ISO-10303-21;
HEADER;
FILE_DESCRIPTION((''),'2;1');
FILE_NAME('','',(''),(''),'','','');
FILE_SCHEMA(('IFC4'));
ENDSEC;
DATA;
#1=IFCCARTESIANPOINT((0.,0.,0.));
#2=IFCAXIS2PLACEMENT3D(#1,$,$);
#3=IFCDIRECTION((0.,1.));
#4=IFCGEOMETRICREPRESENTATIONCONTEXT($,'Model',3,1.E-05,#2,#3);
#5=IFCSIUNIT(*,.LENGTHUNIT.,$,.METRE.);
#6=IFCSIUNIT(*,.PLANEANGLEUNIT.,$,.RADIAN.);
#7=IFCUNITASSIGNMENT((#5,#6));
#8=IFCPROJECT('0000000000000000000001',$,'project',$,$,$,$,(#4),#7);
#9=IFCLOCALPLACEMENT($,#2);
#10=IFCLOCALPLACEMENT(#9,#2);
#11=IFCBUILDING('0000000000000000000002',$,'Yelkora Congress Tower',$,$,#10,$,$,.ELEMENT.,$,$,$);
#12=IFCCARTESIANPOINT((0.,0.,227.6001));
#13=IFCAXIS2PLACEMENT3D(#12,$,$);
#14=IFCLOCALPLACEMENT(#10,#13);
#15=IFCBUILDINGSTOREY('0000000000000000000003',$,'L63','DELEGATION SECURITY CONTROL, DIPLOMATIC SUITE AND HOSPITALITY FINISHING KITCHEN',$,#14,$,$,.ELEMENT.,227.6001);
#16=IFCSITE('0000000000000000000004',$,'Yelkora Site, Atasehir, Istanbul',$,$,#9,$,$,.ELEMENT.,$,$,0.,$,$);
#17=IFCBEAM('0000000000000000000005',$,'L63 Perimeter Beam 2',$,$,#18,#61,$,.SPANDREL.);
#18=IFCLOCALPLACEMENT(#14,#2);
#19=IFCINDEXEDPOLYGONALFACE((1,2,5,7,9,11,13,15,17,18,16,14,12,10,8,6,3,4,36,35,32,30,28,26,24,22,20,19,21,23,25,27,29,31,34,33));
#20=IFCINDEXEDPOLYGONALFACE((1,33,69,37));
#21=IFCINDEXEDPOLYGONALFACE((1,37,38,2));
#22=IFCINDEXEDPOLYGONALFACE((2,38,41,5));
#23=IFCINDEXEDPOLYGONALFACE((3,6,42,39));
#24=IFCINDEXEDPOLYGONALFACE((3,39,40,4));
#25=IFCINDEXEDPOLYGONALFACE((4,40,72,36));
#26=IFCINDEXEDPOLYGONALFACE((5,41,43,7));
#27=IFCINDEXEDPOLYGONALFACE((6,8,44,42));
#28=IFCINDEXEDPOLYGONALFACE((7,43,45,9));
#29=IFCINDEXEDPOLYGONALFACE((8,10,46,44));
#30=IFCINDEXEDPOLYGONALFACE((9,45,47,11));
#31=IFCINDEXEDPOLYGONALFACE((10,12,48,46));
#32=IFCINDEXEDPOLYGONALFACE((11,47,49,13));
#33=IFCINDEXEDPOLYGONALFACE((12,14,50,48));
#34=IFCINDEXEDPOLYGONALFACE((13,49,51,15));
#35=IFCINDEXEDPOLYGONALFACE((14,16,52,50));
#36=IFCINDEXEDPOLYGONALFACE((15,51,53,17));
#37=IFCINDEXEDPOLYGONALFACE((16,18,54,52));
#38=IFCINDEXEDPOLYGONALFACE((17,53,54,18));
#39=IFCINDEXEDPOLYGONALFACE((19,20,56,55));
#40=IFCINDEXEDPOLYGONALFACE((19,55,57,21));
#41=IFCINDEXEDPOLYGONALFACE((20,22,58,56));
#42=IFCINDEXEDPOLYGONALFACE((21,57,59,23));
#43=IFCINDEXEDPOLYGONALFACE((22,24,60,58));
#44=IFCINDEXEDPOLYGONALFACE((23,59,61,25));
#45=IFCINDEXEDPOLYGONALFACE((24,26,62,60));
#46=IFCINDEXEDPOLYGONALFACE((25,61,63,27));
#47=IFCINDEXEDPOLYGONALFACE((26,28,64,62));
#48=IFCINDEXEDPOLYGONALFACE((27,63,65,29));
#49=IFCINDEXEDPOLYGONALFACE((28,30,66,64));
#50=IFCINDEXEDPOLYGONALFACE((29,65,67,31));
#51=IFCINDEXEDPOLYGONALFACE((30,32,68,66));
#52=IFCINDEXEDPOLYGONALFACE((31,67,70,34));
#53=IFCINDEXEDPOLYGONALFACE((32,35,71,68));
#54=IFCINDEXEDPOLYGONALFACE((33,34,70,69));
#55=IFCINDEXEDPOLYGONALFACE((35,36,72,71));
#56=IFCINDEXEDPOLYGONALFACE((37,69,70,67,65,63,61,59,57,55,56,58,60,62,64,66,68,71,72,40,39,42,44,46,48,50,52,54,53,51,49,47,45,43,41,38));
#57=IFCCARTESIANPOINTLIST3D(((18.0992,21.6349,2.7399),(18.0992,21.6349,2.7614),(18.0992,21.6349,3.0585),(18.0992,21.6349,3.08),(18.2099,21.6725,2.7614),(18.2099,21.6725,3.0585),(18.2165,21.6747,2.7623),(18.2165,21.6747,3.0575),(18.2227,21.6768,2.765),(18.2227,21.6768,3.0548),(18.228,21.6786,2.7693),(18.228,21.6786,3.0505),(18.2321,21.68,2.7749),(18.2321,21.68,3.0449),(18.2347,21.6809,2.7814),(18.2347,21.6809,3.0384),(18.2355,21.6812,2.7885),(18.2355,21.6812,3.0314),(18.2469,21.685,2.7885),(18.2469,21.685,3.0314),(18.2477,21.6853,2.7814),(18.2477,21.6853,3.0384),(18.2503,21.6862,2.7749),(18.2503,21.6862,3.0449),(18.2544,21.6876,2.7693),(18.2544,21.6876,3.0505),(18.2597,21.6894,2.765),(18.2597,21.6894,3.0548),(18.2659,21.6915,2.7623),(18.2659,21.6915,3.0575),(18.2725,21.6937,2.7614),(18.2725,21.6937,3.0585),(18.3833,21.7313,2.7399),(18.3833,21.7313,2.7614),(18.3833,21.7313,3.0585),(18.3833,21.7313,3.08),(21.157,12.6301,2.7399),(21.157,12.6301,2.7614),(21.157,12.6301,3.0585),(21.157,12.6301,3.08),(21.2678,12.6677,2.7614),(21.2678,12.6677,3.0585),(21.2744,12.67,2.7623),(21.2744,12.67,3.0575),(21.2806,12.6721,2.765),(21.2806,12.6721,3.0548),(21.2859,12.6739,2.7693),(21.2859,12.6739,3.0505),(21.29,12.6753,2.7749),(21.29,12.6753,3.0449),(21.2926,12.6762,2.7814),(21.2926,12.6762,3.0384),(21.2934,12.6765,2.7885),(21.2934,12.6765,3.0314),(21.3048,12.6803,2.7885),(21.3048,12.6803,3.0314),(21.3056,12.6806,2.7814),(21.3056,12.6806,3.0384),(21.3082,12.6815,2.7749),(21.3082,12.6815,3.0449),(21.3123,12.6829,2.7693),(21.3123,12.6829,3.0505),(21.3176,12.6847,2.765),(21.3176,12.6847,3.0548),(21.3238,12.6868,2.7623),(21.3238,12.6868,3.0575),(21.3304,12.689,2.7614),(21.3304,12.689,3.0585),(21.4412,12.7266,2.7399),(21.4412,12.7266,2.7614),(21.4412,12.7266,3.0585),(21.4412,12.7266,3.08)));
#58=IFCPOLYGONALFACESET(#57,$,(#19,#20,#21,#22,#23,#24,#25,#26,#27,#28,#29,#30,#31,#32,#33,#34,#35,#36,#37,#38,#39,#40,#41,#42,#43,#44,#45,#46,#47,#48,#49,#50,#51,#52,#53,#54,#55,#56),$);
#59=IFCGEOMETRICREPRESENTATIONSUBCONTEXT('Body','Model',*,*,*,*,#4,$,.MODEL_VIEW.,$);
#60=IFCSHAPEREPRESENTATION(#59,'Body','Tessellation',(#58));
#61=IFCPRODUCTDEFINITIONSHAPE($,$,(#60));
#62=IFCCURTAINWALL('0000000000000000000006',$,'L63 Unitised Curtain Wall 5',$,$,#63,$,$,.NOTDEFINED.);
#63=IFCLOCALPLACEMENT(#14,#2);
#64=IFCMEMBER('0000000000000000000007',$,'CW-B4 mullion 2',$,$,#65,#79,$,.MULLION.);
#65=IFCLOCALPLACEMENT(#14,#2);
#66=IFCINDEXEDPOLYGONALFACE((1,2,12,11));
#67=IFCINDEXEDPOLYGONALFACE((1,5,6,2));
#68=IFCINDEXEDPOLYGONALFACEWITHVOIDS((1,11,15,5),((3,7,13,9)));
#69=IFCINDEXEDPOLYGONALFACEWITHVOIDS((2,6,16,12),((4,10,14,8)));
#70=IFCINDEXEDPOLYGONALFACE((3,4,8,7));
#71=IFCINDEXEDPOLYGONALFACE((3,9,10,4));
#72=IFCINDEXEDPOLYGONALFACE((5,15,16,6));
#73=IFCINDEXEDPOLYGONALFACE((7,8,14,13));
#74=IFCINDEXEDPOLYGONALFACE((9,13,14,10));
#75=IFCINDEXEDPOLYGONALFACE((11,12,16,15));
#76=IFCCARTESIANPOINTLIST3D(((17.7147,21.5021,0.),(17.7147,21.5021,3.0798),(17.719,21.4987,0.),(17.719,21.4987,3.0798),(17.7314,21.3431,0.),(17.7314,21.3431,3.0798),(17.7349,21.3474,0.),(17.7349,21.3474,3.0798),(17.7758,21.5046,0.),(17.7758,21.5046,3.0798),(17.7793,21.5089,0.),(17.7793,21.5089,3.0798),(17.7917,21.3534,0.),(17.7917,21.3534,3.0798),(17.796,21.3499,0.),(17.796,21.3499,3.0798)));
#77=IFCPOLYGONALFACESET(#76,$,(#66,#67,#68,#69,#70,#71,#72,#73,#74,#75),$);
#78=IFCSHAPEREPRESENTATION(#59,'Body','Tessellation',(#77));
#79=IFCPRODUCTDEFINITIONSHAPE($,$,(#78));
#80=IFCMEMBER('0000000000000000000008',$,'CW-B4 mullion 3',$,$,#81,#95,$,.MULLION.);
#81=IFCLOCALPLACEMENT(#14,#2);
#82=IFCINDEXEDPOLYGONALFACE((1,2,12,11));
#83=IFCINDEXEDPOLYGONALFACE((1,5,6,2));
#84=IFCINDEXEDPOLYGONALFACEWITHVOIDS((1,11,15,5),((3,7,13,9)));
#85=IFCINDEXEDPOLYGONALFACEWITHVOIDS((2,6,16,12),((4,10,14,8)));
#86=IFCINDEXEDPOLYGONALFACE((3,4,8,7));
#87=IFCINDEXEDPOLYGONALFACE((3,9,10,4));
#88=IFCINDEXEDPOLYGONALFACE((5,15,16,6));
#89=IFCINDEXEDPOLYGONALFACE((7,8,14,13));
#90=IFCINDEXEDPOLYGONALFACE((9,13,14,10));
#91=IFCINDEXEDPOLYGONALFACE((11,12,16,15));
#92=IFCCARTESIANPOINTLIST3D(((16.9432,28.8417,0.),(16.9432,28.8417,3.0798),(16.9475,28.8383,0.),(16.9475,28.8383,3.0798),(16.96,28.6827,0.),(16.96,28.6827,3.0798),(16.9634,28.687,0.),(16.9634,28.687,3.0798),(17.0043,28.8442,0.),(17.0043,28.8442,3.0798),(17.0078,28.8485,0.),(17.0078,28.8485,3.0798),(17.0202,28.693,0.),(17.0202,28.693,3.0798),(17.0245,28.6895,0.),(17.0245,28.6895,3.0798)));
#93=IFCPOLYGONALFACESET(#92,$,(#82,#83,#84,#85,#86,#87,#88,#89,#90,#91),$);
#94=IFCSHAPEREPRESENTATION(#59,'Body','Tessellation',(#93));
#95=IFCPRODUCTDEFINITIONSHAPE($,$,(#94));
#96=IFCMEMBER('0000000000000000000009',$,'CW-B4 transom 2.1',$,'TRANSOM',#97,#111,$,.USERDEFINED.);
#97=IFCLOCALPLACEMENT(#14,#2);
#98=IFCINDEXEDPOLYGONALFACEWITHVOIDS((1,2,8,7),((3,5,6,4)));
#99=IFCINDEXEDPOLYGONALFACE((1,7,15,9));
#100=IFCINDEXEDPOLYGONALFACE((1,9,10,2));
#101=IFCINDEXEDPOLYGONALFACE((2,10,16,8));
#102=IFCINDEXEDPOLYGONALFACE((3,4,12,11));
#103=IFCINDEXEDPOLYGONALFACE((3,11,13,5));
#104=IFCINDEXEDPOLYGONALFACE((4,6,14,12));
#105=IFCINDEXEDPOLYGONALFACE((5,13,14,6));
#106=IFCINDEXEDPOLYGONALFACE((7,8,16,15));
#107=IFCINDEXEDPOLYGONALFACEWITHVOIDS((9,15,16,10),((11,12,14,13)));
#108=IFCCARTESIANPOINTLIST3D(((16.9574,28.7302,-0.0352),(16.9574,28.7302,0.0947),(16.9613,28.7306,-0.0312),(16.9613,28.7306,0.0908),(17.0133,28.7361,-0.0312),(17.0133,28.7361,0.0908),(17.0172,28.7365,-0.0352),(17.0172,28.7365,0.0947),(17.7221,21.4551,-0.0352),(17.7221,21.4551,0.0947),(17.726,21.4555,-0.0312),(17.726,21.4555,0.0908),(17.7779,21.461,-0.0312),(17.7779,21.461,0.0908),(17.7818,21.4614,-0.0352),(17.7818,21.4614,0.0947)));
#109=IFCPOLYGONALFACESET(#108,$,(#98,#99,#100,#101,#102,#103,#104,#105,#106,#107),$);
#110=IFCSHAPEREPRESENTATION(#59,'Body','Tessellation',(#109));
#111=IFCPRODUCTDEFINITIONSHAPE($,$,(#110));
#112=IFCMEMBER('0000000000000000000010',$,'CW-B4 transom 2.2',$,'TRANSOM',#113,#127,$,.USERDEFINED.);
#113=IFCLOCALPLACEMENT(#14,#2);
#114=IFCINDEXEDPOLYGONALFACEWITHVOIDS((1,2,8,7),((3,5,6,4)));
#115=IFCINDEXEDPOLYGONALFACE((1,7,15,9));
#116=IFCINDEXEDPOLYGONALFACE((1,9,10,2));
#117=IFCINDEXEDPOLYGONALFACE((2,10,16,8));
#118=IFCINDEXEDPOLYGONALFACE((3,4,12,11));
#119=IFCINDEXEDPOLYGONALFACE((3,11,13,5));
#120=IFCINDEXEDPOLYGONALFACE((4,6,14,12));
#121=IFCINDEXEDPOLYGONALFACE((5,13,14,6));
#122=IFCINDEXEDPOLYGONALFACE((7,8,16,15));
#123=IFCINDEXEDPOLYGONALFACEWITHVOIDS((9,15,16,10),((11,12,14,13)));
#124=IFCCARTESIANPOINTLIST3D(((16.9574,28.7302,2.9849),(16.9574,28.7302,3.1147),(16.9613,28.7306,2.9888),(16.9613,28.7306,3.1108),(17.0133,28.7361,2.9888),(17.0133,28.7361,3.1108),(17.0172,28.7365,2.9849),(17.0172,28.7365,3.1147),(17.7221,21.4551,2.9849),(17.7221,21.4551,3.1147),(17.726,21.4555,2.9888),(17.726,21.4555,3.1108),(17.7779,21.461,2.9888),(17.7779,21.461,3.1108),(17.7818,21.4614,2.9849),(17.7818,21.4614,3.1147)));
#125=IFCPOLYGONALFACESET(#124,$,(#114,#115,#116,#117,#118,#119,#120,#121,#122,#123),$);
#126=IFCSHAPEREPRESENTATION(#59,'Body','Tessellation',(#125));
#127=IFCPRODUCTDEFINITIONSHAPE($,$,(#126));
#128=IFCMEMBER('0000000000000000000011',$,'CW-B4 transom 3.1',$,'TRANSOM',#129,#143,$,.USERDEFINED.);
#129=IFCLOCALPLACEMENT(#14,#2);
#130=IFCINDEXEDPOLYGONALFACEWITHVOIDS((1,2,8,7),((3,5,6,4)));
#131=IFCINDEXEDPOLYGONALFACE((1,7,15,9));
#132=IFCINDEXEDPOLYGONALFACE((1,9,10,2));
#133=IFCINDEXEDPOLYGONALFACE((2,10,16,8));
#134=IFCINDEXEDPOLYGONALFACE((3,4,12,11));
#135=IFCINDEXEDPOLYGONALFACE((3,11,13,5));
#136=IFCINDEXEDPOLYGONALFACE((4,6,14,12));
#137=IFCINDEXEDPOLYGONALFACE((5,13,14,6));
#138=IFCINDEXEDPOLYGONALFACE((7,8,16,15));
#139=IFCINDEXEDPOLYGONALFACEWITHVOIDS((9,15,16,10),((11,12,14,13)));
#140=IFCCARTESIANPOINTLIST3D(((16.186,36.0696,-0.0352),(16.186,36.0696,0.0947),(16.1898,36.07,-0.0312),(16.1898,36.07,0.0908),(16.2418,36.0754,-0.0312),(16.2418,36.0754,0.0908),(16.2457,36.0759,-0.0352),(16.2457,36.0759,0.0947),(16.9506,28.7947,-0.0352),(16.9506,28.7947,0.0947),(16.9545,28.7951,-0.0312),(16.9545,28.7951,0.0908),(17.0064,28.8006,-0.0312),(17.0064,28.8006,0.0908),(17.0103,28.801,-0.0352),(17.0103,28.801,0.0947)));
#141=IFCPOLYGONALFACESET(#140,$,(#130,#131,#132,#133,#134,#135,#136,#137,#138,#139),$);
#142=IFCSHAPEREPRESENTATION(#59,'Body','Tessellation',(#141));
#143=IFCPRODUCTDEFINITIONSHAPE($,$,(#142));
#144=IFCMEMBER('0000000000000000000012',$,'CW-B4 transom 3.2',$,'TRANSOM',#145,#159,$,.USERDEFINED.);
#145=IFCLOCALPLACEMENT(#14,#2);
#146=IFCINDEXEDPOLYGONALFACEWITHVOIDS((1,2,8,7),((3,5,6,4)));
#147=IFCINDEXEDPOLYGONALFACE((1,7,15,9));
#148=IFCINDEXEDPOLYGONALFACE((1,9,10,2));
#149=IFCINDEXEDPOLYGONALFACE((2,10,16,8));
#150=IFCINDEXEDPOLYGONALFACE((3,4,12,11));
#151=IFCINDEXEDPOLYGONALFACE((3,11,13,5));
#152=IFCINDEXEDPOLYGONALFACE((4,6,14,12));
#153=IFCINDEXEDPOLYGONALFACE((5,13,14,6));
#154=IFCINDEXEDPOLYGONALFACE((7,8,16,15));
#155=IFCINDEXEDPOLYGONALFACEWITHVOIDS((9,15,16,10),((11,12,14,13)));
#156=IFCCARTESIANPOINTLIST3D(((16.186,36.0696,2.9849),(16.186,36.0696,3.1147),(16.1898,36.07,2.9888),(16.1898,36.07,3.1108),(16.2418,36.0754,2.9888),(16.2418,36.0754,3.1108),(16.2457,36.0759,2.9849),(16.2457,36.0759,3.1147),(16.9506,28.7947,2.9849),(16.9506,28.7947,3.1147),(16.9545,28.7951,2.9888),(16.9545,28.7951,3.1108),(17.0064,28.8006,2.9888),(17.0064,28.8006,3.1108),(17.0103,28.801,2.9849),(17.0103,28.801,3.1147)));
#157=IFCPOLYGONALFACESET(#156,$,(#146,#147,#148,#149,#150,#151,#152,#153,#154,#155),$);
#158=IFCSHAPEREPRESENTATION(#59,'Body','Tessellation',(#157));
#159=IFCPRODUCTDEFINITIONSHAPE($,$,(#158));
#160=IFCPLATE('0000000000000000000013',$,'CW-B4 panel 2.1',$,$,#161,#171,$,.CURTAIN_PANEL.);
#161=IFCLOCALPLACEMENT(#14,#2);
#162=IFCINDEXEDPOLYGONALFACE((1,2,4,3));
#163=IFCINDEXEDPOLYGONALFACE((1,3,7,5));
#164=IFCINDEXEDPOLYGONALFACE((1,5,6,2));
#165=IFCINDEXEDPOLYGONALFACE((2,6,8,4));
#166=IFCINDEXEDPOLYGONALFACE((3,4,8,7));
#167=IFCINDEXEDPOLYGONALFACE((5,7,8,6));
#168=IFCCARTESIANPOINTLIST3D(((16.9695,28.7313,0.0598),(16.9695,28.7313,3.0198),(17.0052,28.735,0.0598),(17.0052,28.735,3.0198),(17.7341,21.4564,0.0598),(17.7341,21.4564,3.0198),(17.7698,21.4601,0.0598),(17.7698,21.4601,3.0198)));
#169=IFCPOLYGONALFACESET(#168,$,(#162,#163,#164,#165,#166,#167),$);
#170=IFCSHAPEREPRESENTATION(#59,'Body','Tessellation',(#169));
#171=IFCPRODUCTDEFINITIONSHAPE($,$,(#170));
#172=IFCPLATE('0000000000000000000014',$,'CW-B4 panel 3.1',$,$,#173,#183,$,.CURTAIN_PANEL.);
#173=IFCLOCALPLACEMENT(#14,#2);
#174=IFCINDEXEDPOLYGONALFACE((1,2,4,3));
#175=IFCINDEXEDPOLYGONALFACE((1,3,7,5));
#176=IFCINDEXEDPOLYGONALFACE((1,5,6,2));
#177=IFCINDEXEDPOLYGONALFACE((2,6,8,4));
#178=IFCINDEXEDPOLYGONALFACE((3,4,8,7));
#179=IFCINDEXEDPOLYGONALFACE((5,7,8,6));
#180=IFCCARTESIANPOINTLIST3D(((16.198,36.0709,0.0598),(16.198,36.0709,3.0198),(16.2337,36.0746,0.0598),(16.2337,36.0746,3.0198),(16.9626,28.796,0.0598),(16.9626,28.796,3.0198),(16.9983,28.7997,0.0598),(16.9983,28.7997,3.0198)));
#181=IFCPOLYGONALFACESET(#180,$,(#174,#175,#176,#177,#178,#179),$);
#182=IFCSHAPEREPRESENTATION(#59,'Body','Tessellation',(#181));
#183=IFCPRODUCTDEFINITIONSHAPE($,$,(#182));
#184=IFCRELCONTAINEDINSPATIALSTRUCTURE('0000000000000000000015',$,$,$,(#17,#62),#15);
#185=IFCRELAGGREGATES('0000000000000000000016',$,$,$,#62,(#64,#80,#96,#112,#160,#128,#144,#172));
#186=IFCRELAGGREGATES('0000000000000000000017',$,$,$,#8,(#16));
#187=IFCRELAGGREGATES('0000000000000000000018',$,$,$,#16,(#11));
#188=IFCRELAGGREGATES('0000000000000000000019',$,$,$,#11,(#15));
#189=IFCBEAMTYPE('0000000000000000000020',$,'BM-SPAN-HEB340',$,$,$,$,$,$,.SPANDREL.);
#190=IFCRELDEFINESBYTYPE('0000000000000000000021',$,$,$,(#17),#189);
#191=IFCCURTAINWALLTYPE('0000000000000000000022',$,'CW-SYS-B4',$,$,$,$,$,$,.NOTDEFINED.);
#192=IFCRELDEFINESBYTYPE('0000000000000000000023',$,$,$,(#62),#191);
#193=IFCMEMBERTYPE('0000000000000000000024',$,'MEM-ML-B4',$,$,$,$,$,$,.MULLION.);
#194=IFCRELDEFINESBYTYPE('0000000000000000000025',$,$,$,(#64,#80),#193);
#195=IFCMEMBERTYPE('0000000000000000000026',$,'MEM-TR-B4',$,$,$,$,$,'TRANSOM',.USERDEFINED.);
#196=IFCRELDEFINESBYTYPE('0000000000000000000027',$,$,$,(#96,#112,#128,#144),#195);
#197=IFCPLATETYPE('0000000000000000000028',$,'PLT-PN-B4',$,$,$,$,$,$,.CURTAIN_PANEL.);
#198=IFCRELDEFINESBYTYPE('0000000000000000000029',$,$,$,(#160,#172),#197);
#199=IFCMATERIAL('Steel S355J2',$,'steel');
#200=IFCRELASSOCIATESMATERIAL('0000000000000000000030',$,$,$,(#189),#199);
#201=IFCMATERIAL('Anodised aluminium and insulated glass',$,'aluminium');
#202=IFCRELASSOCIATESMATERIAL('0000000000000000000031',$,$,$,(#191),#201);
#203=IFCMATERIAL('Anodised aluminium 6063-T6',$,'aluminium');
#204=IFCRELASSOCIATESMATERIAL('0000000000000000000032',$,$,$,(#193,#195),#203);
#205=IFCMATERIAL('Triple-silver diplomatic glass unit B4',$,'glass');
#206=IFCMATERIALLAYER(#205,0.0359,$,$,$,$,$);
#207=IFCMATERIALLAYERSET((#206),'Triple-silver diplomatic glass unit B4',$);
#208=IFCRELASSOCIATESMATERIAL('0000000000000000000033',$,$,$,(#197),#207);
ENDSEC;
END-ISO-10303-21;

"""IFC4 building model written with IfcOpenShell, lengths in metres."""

from ifc_helpers import new_model, si_unit, direction, frame, origin, origin_2d, place, context, subcontext, project, spatial, rectangle, hollow_rectangle, i_section, extrude, material, layer, layer_set, material_profile, profile_set, type_object, element, aggregate, save


model = new_model("IFC4")

# Units and contexts
model_context = context("Model", 3, precision=1e-05, world=origin(), true_north=direction((0.0, 1.0)))
body_context = subcontext(model_context, "Body", "Model", "MODEL_VIEW")
ifc_project = project(units=[si_unit("LENGTHUNIT", "METRE"), si_unit("PLANEANGLEUNIT", "RADIAN")], contexts=[model_context])

# Site, building, storey
site_placement = place(None, origin())
site = spatial("IfcSite", under=ifc_project, at=site_placement, Name="Yelkora Site, Atasehir, Istanbul", CompositionType="ELEMENT", RefElevation=0.0)
building_placement = place(site_placement, origin())
building = spatial("IfcBuilding", under=site, at=building_placement, Name="Yelkora Congress Tower", CompositionType="ELEMENT")
storey_placement = place(building_placement, frame((0.0, 0.0, 227.6001)))
storey = spatial("IfcBuildingStorey", under=building, at=storey_placement, Name="L63", Description="DELEGATION SECURITY CONTROL, DIPLOMATIC SUITE AND HOSPITALITY FINISHING KITCHEN", CompositionType="ELEMENT", Elevation=227.6001)

# Shared definitions
ifc_material_1 = material(Name="Steel S355J2", Category="steel")

# Beam
ifc_material_profile_1 = material_profile(ifc_material_1, i_section(OverallWidth=0.3, OverallDepth=0.3401, WebThickness=0.012, FlangeThickness=0.0215, FilletRadius=0.0271, at=origin_2d()), Name="HEB 340")
ifc_profile_set_1 = profile_set([ifc_material_profile_1], Name="Steel S355J2")
beam_type_1 = type_object("IfcBeamType", Name="BM-SPAN-HEB340", PredefinedType="SPANDREL", material=ifc_profile_set_1)
beam_1_placement = place(storey_placement, frame((18.2412, 21.6831, 2.9099), z_axis=(0.321552, -0.946892, 0.0), x_axis=(0.946892, 0.321552, 0.0)))
element("IfcBeam", 1, at=beam_1_placement, inside=storey, type_object=beam_type_1, Name="L63 Perimeter Beam 2", PredefinedType="SPANDREL", context=body_context, shape_type="SweptSolid", body=[
    extrude(i_section(OverallWidth=0.3, OverallDepth=0.3401, WebThickness=0.012, FlangeThickness=0.0215, FilletRadius=0.0271, at=origin_2d()), origin(), (0.0, 0.0, 1.0), 9.5098),
])

# Curtain wall, members, plates
ifc_material_2 = material(Name="Anodised aluminium and insulated glass", Category="aluminium")
curtain_wall_type = type_object("IfcCurtainWallType", Name="CW-SYS-B4", PredefinedType="NOTDEFINED", material=ifc_material_2)
curtain_wall_placement = place(storey_placement, origin())
curtain_wall = element("IfcCurtainWall", 2, at=curtain_wall_placement, inside=storey, type_object=curtain_wall_type, Name="L63 Unitised Curtain Wall 5", PredefinedType="NOTDEFINED")
ifc_material_3 = material(Name="Anodised aluminium 6063-T6", Category="aluminium")
ifc_material_profile_2 = material_profile(ifc_material_3, hollow_rectangle(XDim=0.0649, YDim=0.1599, WallThickness=0.0039, at=origin_2d()), Name="ALU 65x160x4")
ifc_profile_set_2 = profile_set([ifc_material_profile_2], Name="Anodised aluminium 6063-T6")
member_type_1 = type_object("IfcMemberType", Name="MEM-ML-B4", PredefinedType="MULLION", material=ifc_profile_set_2)
member_1_placement = place(storey_placement, frame((17.7554, 21.426, 0.0), z_axis=(0.0, 0.0, 1.0), x_axis=(-0.994522, -0.104526, 0.0)))
member_1 = element("IfcMember", 3, at=member_1_placement, type_object=member_type_1, Name="CW-B4 mullion 2", PredefinedType="MULLION", context=body_context, shape_type="SweptSolid", body=[
    extrude(hollow_rectangle(XDim=0.0649, YDim=0.1599, WallThickness=0.0039, at=origin_2d()), origin(), (0.0, 0.0, 1.0), 3.0798),
])
member_2_placement = place(storey_placement, frame((16.9839, 28.7656, 0.0), z_axis=(0.0, 0.0, 1.0), x_axis=(-0.994522, -0.104526, 0.0)))
member_2 = element("IfcMember", 4, at=member_2_placement, type_object=member_type_1, Name="CW-B4 mullion 3", PredefinedType="MULLION", context=body_context, shape_type="SweptSolid", body=[
    extrude(hollow_rectangle(XDim=0.0649, YDim=0.1599, WallThickness=0.0039, at=origin_2d()), origin(), (0.0, 0.0, 1.0), 3.0798),
])
ifc_material_profile_3 = material_profile(ifc_material_3, hollow_rectangle(XDim=0.0601, YDim=0.1299, WallThickness=0.0039, at=origin_2d()), Name="ALU 60x130x4")
ifc_profile_set_3 = profile_set([ifc_material_profile_3], Name="Anodised aluminium 6063-T6")
member_type_2 = type_object("IfcMemberType", Name="MEM-TR-B4", ElementType="TRANSOM", PredefinedType="USERDEFINED", material=ifc_profile_set_3)
member_3_placement = place(storey_placement, frame((17.752, 21.4583, 0.0298), z_axis=(-0.104528, 0.994522, 0.0), x_axis=(-0.994522, -0.104528, 0.0)))
member_3 = element("IfcMember", 5, at=member_3_placement, type_object=member_type_2, Name="CW-B4 transom 2.1", ObjectType="TRANSOM", PredefinedType="USERDEFINED", context=body_context, shape_type="SweptSolid", body=[
    extrude(hollow_rectangle(XDim=0.0601, YDim=0.1299, WallThickness=0.0039, at=origin_2d()), origin(), (0.0, 0.0, 1.0), 7.3152),
])
member_4_placement = place(storey_placement, frame((17.752, 21.4583, 3.0498), z_axis=(-0.104528, 0.994522, 0.0), x_axis=(-0.994522, -0.104528, 0.0)))
member_4 = element("IfcMember", 6, at=member_4_placement, type_object=member_type_2, Name="CW-B4 transom 2.2", ObjectType="TRANSOM", PredefinedType="USERDEFINED", context=body_context, shape_type="SweptSolid", body=[
    extrude(hollow_rectangle(XDim=0.0601, YDim=0.1299, WallThickness=0.0039, at=origin_2d()), origin(), (0.0, 0.0, 1.0), 7.3152),
])
member_5_placement = place(storey_placement, frame((16.9805, 28.7979, 0.0298), z_axis=(-0.104532, 0.994522, 0.0), x_axis=(-0.994522, -0.104532, 0.0)))
member_5 = element("IfcMember", 7, at=member_5_placement, type_object=member_type_2, Name="CW-B4 transom 3.1", ObjectType="TRANSOM", PredefinedType="USERDEFINED", context=body_context, shape_type="SweptSolid", body=[
    extrude(hollow_rectangle(XDim=0.0601, YDim=0.1299, WallThickness=0.0039, at=origin_2d()), origin(), (0.0, 0.0, 1.0), 7.3149),
])
member_6_placement = place(storey_placement, frame((16.9805, 28.7979, 3.0498), z_axis=(-0.104532, 0.994522, 0.0), x_axis=(-0.994522, -0.104532, 0.0)))
member_6 = element("IfcMember", 8, at=member_6_placement, type_object=member_type_2, Name="CW-B4 transom 3.2", ObjectType="TRANSOM", PredefinedType="USERDEFINED", context=body_context, shape_type="SweptSolid", body=[
    extrude(hollow_rectangle(XDim=0.0601, YDim=0.1299, WallThickness=0.0039, at=origin_2d()), origin(), (0.0, 0.0, 1.0), 7.3149),
])
ifc_material_4 = material(Name="Triple-silver diplomatic glass unit B4", Category="glass")
ifc_layer_1 = layer(ifc_material_4, 0.0359)
ifc_layer_set_1 = layer_set([ifc_layer_1], Name="Triple-silver diplomatic glass unit B4")
plate_type = type_object("IfcPlateType", Name="PLT-PN-B4", PredefinedType="CURTAIN_PANEL", material=ifc_layer_set_1)
plate_1_placement = place(storey_placement, frame((17.3696, 25.0957, 0.0598), z_axis=(0.0, 0.0, 1.0), x_axis=(-0.104526, 0.994522, 0.0)))
plate_1 = element("IfcPlate", 9, at=plate_1_placement, type_object=plate_type, Name="CW-B4 panel 2.1", PredefinedType="CURTAIN_PANEL", context=body_context, shape_type="SweptSolid", body=[
    extrude(rectangle(XDim=7.3149, YDim=0.0359, at=origin_2d()), origin(), (0.0, 0.0, 1.0), 2.96),
])
plate_2_placement = place(storey_placement, frame((16.5981, 32.4353, 0.0598), z_axis=(0.0, 0.0, 1.0), x_axis=(-0.104526, 0.994522, 0.0)))
plate_2 = element("IfcPlate", 10, at=plate_2_placement, type_object=plate_type, Name="CW-B4 panel 3.1", PredefinedType="CURTAIN_PANEL", context=body_context, shape_type="SweptSolid", body=[
    extrude(rectangle(XDim=7.3149, YDim=0.0359, at=origin_2d()), origin(), (0.0, 0.0, 1.0), 2.96),
])
aggregate(curtain_wall, [member_1, member_2, member_3, member_4, plate_1, member_5, member_6, plate_2])

save(model, "model.ifc")
